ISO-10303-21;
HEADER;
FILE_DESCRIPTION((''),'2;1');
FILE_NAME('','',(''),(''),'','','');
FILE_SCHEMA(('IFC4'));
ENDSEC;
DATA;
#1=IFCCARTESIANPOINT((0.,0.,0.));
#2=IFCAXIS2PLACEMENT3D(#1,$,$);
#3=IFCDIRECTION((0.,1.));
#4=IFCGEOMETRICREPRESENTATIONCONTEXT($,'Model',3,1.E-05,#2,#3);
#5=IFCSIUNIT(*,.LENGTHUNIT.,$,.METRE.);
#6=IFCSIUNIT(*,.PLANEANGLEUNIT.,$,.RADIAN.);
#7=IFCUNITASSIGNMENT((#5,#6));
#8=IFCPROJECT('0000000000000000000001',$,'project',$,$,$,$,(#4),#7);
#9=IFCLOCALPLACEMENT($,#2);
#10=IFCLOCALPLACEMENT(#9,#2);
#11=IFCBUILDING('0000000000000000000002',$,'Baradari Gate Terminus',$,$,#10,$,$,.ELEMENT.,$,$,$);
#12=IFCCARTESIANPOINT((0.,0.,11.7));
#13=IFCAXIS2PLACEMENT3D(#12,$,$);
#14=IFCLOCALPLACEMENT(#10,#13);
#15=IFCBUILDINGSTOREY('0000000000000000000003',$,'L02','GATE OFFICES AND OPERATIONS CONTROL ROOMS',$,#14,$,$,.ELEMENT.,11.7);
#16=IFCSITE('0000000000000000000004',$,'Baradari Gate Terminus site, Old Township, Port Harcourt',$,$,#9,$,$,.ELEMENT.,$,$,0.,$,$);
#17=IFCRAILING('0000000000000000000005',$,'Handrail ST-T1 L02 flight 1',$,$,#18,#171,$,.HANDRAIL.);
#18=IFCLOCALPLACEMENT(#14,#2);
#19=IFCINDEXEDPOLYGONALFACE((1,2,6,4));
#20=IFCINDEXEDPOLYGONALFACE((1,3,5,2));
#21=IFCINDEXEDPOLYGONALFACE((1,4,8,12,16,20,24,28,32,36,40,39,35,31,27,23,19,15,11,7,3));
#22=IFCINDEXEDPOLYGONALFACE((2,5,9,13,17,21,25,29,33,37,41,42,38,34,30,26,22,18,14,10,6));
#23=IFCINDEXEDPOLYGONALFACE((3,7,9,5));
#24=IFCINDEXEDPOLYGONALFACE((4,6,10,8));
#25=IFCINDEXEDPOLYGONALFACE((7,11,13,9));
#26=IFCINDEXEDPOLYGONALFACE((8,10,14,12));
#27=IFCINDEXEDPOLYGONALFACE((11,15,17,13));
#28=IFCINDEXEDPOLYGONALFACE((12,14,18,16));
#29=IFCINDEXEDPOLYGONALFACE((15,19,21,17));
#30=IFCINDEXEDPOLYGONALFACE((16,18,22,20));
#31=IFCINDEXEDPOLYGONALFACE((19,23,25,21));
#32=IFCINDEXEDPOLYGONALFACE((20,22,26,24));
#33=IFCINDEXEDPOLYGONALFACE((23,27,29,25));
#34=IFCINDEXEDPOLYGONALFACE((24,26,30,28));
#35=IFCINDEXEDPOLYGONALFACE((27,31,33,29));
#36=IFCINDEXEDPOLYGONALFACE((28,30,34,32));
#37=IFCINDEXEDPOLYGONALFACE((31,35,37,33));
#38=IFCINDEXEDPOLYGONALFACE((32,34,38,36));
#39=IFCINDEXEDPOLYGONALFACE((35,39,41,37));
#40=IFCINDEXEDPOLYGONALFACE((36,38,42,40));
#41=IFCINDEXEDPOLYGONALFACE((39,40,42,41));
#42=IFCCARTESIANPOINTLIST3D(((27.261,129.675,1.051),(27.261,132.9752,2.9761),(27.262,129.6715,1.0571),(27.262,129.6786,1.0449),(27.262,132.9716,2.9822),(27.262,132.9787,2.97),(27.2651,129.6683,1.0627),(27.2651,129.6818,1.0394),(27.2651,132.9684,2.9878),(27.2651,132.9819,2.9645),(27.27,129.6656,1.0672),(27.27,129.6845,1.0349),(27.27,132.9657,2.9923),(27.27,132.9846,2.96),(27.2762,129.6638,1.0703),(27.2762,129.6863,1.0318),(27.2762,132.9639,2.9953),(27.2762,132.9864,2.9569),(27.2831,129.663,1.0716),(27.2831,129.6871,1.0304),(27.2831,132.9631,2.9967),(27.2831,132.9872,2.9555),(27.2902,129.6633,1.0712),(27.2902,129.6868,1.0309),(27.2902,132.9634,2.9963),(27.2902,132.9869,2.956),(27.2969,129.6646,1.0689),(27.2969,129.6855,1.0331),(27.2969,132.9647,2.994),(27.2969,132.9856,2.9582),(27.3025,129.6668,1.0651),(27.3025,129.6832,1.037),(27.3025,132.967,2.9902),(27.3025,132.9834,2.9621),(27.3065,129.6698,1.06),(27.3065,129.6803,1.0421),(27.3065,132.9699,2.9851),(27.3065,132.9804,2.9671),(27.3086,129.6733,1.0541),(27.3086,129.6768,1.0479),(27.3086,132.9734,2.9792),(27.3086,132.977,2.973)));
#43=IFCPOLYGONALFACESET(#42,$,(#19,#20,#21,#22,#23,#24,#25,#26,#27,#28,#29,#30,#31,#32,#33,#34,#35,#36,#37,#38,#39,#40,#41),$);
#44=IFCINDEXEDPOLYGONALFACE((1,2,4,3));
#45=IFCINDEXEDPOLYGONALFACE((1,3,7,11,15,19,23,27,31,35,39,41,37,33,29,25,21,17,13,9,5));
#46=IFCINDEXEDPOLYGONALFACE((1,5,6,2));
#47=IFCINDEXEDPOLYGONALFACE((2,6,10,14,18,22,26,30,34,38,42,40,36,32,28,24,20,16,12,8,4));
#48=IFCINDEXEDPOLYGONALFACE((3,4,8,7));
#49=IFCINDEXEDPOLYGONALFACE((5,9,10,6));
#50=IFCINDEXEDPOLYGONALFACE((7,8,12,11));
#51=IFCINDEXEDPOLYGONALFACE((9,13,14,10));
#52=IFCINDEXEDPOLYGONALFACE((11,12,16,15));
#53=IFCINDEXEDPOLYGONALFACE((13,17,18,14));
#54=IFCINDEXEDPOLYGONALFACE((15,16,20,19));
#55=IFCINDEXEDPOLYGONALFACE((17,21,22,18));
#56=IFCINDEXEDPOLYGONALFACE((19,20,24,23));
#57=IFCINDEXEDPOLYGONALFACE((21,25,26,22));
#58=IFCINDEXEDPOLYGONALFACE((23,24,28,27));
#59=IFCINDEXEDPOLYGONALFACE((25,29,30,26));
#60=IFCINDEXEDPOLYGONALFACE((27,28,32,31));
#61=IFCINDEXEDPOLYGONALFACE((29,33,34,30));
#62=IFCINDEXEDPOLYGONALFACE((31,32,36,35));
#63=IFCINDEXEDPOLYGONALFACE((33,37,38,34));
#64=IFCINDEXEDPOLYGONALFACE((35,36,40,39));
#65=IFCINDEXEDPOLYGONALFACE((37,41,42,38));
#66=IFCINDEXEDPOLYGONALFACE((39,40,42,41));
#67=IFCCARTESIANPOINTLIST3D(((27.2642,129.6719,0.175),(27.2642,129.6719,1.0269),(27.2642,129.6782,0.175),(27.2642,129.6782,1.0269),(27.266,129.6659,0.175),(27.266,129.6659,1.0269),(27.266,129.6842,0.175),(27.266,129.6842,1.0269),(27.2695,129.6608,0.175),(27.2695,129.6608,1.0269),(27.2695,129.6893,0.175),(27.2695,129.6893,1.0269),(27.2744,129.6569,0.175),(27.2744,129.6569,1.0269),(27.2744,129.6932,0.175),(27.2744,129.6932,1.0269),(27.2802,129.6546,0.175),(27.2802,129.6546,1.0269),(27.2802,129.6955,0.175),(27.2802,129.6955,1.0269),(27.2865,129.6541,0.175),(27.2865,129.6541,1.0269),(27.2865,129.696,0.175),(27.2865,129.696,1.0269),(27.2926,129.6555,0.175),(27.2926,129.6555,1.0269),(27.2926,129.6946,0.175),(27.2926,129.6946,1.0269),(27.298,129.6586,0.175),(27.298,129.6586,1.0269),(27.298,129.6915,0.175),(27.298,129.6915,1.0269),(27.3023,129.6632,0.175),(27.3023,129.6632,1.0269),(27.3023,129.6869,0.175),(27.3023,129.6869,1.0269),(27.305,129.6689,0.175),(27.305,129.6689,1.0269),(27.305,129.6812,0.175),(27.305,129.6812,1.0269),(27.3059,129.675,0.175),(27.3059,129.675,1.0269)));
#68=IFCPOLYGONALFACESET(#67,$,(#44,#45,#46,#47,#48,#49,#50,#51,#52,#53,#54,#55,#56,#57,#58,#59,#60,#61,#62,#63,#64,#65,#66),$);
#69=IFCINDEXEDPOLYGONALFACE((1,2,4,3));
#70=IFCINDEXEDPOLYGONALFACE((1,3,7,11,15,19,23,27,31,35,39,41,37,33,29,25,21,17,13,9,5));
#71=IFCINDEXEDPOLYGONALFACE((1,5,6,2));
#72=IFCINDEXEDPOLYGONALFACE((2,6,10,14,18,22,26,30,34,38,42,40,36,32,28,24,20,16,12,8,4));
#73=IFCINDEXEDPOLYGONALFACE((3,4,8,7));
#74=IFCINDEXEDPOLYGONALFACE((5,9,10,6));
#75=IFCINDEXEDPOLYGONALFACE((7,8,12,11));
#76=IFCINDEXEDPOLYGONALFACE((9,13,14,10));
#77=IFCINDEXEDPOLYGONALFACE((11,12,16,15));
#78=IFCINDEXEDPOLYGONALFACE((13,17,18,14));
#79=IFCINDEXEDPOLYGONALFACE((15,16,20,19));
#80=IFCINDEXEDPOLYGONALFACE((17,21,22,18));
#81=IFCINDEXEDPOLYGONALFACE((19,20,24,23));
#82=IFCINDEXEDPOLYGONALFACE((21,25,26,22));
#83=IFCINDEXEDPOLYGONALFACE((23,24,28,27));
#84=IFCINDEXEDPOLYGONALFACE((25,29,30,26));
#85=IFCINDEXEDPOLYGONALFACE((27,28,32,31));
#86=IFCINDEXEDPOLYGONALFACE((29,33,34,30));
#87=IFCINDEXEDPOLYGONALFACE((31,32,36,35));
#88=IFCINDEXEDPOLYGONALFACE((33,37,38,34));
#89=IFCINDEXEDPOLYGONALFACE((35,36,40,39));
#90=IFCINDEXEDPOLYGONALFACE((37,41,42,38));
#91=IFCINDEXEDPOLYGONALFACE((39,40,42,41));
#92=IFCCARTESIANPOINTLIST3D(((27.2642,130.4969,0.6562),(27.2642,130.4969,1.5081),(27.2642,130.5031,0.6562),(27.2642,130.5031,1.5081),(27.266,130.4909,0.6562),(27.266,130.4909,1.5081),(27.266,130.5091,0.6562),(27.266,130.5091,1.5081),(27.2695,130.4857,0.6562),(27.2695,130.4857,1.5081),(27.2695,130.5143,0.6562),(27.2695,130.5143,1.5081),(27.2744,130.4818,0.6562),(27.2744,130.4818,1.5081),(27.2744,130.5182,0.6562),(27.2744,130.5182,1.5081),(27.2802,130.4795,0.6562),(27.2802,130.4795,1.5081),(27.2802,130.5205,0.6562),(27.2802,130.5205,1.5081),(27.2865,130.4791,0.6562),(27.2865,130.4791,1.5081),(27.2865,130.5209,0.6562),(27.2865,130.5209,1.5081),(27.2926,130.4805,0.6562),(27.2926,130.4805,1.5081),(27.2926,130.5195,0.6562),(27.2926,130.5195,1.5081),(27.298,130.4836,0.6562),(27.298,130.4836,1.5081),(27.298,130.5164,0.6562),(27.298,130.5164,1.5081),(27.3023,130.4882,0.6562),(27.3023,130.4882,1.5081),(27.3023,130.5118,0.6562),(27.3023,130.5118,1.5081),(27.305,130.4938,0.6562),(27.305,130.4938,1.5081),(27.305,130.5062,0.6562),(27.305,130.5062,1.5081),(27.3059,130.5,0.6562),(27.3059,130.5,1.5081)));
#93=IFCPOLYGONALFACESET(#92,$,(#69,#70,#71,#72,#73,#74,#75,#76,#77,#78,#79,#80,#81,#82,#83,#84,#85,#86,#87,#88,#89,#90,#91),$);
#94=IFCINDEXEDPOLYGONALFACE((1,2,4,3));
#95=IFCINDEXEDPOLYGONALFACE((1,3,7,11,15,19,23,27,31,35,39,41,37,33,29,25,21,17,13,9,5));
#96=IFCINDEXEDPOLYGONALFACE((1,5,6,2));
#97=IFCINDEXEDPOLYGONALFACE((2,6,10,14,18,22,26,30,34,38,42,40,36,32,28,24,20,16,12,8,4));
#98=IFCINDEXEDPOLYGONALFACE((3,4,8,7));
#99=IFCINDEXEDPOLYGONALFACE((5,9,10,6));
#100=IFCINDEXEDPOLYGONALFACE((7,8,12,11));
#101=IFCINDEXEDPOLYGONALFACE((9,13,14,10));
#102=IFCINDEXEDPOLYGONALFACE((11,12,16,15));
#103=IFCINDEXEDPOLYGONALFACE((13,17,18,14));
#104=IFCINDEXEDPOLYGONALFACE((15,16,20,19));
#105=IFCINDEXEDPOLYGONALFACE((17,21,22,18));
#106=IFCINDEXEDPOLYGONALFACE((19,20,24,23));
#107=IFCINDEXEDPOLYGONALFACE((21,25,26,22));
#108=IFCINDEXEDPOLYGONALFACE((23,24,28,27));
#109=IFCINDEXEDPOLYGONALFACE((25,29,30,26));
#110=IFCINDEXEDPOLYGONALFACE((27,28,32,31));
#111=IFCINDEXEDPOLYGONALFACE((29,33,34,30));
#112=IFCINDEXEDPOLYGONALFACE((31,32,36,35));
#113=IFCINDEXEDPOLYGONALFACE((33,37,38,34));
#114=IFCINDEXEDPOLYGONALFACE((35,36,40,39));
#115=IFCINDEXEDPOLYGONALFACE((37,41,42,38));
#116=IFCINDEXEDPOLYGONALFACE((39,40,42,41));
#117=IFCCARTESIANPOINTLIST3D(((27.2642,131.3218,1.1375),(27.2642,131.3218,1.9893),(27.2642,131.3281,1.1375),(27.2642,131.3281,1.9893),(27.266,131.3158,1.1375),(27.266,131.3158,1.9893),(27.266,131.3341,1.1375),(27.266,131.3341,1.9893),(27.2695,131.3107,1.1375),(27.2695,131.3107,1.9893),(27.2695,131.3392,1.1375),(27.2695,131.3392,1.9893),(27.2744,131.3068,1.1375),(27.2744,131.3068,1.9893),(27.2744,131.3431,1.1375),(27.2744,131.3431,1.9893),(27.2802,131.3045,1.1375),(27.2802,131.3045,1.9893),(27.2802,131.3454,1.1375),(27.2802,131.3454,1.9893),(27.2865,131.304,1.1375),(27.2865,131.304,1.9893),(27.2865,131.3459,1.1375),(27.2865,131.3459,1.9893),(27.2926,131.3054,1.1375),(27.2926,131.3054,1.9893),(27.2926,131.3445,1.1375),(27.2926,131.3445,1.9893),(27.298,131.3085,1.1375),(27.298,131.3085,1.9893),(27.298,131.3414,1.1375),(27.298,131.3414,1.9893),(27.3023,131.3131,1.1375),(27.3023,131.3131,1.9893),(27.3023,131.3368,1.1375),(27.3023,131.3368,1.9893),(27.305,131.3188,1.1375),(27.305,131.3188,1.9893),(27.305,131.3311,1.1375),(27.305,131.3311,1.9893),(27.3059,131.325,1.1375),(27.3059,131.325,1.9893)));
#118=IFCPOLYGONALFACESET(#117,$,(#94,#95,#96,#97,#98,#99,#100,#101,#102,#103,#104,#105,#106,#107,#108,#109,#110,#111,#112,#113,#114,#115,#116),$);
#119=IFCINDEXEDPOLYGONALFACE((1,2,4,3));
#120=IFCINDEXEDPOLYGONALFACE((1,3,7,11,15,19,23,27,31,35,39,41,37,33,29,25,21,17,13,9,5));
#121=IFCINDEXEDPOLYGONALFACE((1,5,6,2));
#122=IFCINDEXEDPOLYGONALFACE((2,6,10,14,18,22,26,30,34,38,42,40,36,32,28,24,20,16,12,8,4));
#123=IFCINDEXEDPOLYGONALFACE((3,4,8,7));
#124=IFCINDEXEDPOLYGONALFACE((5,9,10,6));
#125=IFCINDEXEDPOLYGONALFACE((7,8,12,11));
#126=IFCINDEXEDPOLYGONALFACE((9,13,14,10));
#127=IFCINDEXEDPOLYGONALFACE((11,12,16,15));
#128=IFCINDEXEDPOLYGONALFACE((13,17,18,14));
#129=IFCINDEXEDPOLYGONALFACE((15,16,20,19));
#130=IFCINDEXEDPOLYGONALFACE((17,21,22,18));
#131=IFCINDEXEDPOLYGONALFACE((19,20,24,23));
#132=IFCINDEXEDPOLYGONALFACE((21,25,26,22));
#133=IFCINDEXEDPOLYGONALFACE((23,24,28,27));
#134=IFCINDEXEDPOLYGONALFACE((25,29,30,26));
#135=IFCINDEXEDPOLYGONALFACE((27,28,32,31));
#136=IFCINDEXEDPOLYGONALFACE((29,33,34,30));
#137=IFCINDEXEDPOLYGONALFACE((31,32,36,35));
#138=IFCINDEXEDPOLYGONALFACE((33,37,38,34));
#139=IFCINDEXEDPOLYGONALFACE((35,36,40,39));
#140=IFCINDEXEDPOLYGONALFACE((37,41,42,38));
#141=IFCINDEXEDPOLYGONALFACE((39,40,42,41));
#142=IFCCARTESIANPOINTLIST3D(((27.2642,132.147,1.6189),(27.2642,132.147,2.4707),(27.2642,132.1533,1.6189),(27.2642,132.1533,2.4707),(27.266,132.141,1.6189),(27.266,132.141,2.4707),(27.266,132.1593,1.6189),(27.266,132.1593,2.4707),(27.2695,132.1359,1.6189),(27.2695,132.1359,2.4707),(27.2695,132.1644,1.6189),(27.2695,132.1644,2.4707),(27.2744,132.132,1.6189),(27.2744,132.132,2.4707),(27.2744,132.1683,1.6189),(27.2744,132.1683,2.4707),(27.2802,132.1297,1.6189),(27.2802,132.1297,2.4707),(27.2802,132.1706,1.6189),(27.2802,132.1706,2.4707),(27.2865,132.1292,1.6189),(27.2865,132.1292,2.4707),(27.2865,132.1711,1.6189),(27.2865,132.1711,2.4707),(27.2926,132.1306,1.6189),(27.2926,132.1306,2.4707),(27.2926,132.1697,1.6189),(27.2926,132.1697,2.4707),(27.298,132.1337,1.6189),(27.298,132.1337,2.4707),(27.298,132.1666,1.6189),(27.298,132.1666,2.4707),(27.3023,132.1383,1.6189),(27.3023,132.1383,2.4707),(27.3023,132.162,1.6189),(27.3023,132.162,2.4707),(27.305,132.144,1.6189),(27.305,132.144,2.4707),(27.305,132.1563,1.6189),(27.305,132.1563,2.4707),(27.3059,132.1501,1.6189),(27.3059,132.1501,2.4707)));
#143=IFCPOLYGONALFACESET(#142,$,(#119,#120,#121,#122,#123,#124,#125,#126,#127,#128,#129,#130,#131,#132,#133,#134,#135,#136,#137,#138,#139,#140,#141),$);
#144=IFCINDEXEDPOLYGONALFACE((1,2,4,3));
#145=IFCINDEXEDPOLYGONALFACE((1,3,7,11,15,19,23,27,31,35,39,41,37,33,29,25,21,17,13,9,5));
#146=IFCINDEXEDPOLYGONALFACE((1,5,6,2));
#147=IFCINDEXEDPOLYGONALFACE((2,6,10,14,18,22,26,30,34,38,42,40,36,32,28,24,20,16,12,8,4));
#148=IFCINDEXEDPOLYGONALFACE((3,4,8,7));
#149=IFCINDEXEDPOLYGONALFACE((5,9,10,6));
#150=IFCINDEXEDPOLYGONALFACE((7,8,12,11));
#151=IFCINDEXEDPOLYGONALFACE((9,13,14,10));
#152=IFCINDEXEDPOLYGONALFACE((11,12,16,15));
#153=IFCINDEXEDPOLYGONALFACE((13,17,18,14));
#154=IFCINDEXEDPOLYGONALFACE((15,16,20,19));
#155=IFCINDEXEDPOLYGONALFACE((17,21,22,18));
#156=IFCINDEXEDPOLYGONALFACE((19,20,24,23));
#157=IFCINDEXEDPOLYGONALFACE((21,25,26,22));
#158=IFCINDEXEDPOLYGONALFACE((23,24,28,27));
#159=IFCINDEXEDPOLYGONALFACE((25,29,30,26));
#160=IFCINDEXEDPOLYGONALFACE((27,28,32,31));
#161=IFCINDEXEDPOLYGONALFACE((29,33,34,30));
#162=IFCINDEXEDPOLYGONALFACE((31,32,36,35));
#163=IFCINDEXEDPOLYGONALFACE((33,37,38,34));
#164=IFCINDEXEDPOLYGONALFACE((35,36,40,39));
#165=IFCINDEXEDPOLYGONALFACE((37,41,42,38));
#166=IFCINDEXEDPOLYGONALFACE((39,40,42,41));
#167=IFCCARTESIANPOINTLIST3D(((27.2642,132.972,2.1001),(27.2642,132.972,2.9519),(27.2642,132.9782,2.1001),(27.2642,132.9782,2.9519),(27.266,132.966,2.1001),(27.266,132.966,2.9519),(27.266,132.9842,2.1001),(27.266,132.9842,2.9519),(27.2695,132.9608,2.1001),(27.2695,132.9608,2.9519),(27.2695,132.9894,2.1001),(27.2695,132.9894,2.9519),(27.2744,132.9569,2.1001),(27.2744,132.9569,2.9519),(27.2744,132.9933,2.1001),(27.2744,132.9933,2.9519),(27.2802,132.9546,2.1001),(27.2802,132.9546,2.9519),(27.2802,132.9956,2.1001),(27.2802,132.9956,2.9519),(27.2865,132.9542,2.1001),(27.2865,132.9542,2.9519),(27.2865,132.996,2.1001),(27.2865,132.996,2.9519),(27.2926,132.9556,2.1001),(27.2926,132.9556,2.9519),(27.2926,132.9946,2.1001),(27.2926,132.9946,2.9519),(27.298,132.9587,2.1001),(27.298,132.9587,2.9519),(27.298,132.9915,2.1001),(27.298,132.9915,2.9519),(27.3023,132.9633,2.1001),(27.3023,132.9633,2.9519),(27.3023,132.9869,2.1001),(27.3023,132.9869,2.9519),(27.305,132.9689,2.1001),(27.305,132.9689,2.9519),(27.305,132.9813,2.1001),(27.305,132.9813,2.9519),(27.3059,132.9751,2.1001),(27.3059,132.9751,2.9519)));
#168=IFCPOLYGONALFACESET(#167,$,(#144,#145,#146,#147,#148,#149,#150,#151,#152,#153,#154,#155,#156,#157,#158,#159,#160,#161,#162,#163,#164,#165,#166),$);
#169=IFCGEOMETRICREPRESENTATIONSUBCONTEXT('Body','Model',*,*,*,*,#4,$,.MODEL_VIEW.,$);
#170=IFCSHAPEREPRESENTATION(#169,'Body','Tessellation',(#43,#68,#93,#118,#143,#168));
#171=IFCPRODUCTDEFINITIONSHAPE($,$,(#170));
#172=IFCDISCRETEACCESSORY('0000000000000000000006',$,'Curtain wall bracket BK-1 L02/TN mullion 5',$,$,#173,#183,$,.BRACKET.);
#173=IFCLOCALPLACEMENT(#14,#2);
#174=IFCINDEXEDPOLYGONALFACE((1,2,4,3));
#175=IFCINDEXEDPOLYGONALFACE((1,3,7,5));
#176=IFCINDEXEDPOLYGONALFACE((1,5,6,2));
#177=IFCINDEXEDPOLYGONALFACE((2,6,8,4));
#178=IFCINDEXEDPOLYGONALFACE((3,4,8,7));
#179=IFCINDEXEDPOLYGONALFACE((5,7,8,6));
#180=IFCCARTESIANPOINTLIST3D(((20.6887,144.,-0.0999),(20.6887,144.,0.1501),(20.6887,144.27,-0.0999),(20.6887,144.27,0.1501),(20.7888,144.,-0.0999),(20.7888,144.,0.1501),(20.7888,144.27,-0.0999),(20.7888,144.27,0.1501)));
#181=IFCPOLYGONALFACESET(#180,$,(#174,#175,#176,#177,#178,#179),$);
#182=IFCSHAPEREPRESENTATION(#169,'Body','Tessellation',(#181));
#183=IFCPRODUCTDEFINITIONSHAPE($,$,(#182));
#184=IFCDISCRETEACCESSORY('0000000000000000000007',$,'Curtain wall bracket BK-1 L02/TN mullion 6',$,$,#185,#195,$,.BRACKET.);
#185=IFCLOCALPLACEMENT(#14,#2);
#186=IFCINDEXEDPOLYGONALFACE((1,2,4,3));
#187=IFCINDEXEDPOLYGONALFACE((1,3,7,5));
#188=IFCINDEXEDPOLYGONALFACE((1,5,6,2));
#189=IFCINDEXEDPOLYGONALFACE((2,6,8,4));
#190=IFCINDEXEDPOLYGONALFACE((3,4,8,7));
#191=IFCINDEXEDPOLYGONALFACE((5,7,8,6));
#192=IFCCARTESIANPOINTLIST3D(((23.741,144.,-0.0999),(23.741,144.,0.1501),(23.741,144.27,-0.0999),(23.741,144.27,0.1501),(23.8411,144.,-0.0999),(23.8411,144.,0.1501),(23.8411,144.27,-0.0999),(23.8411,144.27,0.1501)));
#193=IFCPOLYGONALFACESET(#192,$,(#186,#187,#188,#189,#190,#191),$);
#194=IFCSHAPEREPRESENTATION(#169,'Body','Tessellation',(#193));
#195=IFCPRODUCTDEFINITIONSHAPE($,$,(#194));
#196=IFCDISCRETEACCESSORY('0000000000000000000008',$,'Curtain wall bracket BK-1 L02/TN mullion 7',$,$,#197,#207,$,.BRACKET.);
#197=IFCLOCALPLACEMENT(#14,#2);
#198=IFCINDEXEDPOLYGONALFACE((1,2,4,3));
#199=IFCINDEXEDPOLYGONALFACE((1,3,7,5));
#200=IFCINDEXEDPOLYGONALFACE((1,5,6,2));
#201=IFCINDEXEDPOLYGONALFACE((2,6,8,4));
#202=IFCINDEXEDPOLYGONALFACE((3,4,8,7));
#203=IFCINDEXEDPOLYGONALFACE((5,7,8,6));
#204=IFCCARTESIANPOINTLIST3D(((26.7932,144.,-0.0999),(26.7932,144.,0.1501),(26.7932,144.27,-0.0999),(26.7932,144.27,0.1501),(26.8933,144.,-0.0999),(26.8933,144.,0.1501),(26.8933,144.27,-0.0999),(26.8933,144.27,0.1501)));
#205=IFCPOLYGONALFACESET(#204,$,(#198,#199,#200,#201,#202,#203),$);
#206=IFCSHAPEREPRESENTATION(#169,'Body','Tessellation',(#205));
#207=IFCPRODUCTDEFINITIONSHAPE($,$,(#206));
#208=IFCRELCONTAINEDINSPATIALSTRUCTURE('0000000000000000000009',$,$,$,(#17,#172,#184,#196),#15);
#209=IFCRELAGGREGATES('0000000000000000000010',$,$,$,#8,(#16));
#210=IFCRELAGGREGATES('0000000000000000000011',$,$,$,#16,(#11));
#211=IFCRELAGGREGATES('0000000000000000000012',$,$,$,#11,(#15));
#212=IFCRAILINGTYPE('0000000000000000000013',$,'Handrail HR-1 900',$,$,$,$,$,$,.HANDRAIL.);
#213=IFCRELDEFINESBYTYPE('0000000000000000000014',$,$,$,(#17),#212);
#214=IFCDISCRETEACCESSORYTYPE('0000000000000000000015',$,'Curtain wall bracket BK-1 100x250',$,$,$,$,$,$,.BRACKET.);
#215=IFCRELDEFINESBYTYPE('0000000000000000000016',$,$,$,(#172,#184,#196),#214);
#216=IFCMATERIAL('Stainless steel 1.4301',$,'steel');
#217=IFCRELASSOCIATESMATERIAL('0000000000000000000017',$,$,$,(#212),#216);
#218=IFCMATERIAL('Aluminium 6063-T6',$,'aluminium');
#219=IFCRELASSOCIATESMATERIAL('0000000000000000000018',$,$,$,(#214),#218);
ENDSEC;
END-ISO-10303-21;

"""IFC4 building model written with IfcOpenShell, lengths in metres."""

from ifc_helpers import new_model, si_unit, direction, frame, origin, origin_2d, place, context, subcontext, project, spatial, rectangle, circle, extrude, material, type_object, element, save


model = new_model("IFC4")

# Units and contexts
model_context = context("Model", 3, precision=1e-05, world=origin(), true_north=direction((0.0, 1.0)))
body_context = subcontext(model_context, "Body", "Model", "MODEL_VIEW")
ifc_project = project(units=[si_unit("LENGTHUNIT", "METRE"), si_unit("PLANEANGLEUNIT", "RADIAN")], contexts=[model_context])

# Site, building, storey
site_placement = place(None, origin())
site = spatial("IfcSite", under=ifc_project, at=site_placement, Name="Baradari Gate Terminus site, Old Township, Port Harcourt", CompositionType="ELEMENT", RefElevation=0.0)
building_placement = place(site_placement, origin())
building = spatial("IfcBuilding", under=site, at=building_placement, Name="Baradari Gate Terminus", CompositionType="ELEMENT")
storey_placement = place(building_placement, frame((0.0, 0.0, 11.7)))
storey = spatial("IfcBuildingStorey", under=building, at=storey_placement, Name="L02", Description="GATE OFFICES AND OPERATIONS CONTROL ROOMS", CompositionType="ELEMENT", Elevation=11.7)

# Railing
ifc_material_1 = material(Name="Stainless steel 1.4301", Category="steel")
railing_type = type_object("IfcRailingType", Name="Handrail HR-1 900", PredefinedType="HANDRAIL", material=ifc_material_1)
railing_placement = place(storey_placement, frame((27.2849, 129.675, 0.175)))
element("IfcRailing", 1, at=railing_placement, inside=storey, type_object=railing_type, Name="Handrail ST-T1 L02 flight 1", PredefinedType="HANDRAIL", context=body_context, shape_type="SweptSolid", body=[
    extrude(circle(Radius=0.0239, at=origin_2d()), frame((0.0, 0.0, 0.876), z_axis=(0.0, 0.863777, 0.503875), x_axis=(-1.0, 0.0, 0.0)), (0.0, 0.0, 1.0), 3.8206),
    extrude(circle(Radius=0.021, at=origin_2d()), origin(), (0.0, 0.0, 1.0), 0.8518),
    extrude(circle(Radius=0.021, at=origin_2d()), frame((0.0, 0.825, 0.4812)), (0.0, 0.0, 1.0), 0.8518),
    extrude(circle(Radius=0.021, at=origin_2d()), frame((0.0, 1.6499, 0.9624)), (0.0, 0.0, 1.0), 0.8518),
    extrude(circle(Radius=0.021, at=origin_2d()), frame((0.0, 2.4751, 1.4438)), (0.0, 0.0, 1.0), 0.8518),
    extrude(circle(Radius=0.021, at=origin_2d()), frame((0.0, 3.3, 1.925)), (0.0, 0.0, 1.0), 0.8518),
])

# Discrete accessories
ifc_material_2 = material(Name="Aluminium 6063-T6", Category="aluminium")
discrete_accessory_type = type_object("IfcDiscreteAccessoryType", Name="Curtain wall bracket BK-1 100x250", PredefinedType="BRACKET", material=ifc_material_2)
for number, where, z_axis, x_axis, name in (
    (2, (20.7388, 144.135, -0.0999), (0.0, 0.0, 1.0), (0.0, 1.0, 0.0), "Curtain wall bracket BK-1 L02/TN mullion 5"),
    (3, (23.791, 144.135, -0.0999), (0.0, 0.0, 1.0), (0.0, 1.0, 0.0), "Curtain wall bracket BK-1 L02/TN mullion 6"),
    (4, (26.8433, 144.135, -0.0999), (0.0, 0.0, 1.0), (0.0, 1.0, 0.0), "Curtain wall bracket BK-1 L02/TN mullion 7"),
):
    element("IfcDiscreteAccessory", number, at=place(storey_placement, frame(where, z_axis=z_axis, x_axis=x_axis)), inside=storey, type_object=discrete_accessory_type, Name=name, PredefinedType="BRACKET", context=body_context, shape_type="SweptSolid", body=[
        extrude(rectangle(XDim=0.27, YDim=0.1001, at=origin_2d()), origin(), (0.0, 0.0, 1.0), 0.25),
    ])

save(model, "model.ifc")
